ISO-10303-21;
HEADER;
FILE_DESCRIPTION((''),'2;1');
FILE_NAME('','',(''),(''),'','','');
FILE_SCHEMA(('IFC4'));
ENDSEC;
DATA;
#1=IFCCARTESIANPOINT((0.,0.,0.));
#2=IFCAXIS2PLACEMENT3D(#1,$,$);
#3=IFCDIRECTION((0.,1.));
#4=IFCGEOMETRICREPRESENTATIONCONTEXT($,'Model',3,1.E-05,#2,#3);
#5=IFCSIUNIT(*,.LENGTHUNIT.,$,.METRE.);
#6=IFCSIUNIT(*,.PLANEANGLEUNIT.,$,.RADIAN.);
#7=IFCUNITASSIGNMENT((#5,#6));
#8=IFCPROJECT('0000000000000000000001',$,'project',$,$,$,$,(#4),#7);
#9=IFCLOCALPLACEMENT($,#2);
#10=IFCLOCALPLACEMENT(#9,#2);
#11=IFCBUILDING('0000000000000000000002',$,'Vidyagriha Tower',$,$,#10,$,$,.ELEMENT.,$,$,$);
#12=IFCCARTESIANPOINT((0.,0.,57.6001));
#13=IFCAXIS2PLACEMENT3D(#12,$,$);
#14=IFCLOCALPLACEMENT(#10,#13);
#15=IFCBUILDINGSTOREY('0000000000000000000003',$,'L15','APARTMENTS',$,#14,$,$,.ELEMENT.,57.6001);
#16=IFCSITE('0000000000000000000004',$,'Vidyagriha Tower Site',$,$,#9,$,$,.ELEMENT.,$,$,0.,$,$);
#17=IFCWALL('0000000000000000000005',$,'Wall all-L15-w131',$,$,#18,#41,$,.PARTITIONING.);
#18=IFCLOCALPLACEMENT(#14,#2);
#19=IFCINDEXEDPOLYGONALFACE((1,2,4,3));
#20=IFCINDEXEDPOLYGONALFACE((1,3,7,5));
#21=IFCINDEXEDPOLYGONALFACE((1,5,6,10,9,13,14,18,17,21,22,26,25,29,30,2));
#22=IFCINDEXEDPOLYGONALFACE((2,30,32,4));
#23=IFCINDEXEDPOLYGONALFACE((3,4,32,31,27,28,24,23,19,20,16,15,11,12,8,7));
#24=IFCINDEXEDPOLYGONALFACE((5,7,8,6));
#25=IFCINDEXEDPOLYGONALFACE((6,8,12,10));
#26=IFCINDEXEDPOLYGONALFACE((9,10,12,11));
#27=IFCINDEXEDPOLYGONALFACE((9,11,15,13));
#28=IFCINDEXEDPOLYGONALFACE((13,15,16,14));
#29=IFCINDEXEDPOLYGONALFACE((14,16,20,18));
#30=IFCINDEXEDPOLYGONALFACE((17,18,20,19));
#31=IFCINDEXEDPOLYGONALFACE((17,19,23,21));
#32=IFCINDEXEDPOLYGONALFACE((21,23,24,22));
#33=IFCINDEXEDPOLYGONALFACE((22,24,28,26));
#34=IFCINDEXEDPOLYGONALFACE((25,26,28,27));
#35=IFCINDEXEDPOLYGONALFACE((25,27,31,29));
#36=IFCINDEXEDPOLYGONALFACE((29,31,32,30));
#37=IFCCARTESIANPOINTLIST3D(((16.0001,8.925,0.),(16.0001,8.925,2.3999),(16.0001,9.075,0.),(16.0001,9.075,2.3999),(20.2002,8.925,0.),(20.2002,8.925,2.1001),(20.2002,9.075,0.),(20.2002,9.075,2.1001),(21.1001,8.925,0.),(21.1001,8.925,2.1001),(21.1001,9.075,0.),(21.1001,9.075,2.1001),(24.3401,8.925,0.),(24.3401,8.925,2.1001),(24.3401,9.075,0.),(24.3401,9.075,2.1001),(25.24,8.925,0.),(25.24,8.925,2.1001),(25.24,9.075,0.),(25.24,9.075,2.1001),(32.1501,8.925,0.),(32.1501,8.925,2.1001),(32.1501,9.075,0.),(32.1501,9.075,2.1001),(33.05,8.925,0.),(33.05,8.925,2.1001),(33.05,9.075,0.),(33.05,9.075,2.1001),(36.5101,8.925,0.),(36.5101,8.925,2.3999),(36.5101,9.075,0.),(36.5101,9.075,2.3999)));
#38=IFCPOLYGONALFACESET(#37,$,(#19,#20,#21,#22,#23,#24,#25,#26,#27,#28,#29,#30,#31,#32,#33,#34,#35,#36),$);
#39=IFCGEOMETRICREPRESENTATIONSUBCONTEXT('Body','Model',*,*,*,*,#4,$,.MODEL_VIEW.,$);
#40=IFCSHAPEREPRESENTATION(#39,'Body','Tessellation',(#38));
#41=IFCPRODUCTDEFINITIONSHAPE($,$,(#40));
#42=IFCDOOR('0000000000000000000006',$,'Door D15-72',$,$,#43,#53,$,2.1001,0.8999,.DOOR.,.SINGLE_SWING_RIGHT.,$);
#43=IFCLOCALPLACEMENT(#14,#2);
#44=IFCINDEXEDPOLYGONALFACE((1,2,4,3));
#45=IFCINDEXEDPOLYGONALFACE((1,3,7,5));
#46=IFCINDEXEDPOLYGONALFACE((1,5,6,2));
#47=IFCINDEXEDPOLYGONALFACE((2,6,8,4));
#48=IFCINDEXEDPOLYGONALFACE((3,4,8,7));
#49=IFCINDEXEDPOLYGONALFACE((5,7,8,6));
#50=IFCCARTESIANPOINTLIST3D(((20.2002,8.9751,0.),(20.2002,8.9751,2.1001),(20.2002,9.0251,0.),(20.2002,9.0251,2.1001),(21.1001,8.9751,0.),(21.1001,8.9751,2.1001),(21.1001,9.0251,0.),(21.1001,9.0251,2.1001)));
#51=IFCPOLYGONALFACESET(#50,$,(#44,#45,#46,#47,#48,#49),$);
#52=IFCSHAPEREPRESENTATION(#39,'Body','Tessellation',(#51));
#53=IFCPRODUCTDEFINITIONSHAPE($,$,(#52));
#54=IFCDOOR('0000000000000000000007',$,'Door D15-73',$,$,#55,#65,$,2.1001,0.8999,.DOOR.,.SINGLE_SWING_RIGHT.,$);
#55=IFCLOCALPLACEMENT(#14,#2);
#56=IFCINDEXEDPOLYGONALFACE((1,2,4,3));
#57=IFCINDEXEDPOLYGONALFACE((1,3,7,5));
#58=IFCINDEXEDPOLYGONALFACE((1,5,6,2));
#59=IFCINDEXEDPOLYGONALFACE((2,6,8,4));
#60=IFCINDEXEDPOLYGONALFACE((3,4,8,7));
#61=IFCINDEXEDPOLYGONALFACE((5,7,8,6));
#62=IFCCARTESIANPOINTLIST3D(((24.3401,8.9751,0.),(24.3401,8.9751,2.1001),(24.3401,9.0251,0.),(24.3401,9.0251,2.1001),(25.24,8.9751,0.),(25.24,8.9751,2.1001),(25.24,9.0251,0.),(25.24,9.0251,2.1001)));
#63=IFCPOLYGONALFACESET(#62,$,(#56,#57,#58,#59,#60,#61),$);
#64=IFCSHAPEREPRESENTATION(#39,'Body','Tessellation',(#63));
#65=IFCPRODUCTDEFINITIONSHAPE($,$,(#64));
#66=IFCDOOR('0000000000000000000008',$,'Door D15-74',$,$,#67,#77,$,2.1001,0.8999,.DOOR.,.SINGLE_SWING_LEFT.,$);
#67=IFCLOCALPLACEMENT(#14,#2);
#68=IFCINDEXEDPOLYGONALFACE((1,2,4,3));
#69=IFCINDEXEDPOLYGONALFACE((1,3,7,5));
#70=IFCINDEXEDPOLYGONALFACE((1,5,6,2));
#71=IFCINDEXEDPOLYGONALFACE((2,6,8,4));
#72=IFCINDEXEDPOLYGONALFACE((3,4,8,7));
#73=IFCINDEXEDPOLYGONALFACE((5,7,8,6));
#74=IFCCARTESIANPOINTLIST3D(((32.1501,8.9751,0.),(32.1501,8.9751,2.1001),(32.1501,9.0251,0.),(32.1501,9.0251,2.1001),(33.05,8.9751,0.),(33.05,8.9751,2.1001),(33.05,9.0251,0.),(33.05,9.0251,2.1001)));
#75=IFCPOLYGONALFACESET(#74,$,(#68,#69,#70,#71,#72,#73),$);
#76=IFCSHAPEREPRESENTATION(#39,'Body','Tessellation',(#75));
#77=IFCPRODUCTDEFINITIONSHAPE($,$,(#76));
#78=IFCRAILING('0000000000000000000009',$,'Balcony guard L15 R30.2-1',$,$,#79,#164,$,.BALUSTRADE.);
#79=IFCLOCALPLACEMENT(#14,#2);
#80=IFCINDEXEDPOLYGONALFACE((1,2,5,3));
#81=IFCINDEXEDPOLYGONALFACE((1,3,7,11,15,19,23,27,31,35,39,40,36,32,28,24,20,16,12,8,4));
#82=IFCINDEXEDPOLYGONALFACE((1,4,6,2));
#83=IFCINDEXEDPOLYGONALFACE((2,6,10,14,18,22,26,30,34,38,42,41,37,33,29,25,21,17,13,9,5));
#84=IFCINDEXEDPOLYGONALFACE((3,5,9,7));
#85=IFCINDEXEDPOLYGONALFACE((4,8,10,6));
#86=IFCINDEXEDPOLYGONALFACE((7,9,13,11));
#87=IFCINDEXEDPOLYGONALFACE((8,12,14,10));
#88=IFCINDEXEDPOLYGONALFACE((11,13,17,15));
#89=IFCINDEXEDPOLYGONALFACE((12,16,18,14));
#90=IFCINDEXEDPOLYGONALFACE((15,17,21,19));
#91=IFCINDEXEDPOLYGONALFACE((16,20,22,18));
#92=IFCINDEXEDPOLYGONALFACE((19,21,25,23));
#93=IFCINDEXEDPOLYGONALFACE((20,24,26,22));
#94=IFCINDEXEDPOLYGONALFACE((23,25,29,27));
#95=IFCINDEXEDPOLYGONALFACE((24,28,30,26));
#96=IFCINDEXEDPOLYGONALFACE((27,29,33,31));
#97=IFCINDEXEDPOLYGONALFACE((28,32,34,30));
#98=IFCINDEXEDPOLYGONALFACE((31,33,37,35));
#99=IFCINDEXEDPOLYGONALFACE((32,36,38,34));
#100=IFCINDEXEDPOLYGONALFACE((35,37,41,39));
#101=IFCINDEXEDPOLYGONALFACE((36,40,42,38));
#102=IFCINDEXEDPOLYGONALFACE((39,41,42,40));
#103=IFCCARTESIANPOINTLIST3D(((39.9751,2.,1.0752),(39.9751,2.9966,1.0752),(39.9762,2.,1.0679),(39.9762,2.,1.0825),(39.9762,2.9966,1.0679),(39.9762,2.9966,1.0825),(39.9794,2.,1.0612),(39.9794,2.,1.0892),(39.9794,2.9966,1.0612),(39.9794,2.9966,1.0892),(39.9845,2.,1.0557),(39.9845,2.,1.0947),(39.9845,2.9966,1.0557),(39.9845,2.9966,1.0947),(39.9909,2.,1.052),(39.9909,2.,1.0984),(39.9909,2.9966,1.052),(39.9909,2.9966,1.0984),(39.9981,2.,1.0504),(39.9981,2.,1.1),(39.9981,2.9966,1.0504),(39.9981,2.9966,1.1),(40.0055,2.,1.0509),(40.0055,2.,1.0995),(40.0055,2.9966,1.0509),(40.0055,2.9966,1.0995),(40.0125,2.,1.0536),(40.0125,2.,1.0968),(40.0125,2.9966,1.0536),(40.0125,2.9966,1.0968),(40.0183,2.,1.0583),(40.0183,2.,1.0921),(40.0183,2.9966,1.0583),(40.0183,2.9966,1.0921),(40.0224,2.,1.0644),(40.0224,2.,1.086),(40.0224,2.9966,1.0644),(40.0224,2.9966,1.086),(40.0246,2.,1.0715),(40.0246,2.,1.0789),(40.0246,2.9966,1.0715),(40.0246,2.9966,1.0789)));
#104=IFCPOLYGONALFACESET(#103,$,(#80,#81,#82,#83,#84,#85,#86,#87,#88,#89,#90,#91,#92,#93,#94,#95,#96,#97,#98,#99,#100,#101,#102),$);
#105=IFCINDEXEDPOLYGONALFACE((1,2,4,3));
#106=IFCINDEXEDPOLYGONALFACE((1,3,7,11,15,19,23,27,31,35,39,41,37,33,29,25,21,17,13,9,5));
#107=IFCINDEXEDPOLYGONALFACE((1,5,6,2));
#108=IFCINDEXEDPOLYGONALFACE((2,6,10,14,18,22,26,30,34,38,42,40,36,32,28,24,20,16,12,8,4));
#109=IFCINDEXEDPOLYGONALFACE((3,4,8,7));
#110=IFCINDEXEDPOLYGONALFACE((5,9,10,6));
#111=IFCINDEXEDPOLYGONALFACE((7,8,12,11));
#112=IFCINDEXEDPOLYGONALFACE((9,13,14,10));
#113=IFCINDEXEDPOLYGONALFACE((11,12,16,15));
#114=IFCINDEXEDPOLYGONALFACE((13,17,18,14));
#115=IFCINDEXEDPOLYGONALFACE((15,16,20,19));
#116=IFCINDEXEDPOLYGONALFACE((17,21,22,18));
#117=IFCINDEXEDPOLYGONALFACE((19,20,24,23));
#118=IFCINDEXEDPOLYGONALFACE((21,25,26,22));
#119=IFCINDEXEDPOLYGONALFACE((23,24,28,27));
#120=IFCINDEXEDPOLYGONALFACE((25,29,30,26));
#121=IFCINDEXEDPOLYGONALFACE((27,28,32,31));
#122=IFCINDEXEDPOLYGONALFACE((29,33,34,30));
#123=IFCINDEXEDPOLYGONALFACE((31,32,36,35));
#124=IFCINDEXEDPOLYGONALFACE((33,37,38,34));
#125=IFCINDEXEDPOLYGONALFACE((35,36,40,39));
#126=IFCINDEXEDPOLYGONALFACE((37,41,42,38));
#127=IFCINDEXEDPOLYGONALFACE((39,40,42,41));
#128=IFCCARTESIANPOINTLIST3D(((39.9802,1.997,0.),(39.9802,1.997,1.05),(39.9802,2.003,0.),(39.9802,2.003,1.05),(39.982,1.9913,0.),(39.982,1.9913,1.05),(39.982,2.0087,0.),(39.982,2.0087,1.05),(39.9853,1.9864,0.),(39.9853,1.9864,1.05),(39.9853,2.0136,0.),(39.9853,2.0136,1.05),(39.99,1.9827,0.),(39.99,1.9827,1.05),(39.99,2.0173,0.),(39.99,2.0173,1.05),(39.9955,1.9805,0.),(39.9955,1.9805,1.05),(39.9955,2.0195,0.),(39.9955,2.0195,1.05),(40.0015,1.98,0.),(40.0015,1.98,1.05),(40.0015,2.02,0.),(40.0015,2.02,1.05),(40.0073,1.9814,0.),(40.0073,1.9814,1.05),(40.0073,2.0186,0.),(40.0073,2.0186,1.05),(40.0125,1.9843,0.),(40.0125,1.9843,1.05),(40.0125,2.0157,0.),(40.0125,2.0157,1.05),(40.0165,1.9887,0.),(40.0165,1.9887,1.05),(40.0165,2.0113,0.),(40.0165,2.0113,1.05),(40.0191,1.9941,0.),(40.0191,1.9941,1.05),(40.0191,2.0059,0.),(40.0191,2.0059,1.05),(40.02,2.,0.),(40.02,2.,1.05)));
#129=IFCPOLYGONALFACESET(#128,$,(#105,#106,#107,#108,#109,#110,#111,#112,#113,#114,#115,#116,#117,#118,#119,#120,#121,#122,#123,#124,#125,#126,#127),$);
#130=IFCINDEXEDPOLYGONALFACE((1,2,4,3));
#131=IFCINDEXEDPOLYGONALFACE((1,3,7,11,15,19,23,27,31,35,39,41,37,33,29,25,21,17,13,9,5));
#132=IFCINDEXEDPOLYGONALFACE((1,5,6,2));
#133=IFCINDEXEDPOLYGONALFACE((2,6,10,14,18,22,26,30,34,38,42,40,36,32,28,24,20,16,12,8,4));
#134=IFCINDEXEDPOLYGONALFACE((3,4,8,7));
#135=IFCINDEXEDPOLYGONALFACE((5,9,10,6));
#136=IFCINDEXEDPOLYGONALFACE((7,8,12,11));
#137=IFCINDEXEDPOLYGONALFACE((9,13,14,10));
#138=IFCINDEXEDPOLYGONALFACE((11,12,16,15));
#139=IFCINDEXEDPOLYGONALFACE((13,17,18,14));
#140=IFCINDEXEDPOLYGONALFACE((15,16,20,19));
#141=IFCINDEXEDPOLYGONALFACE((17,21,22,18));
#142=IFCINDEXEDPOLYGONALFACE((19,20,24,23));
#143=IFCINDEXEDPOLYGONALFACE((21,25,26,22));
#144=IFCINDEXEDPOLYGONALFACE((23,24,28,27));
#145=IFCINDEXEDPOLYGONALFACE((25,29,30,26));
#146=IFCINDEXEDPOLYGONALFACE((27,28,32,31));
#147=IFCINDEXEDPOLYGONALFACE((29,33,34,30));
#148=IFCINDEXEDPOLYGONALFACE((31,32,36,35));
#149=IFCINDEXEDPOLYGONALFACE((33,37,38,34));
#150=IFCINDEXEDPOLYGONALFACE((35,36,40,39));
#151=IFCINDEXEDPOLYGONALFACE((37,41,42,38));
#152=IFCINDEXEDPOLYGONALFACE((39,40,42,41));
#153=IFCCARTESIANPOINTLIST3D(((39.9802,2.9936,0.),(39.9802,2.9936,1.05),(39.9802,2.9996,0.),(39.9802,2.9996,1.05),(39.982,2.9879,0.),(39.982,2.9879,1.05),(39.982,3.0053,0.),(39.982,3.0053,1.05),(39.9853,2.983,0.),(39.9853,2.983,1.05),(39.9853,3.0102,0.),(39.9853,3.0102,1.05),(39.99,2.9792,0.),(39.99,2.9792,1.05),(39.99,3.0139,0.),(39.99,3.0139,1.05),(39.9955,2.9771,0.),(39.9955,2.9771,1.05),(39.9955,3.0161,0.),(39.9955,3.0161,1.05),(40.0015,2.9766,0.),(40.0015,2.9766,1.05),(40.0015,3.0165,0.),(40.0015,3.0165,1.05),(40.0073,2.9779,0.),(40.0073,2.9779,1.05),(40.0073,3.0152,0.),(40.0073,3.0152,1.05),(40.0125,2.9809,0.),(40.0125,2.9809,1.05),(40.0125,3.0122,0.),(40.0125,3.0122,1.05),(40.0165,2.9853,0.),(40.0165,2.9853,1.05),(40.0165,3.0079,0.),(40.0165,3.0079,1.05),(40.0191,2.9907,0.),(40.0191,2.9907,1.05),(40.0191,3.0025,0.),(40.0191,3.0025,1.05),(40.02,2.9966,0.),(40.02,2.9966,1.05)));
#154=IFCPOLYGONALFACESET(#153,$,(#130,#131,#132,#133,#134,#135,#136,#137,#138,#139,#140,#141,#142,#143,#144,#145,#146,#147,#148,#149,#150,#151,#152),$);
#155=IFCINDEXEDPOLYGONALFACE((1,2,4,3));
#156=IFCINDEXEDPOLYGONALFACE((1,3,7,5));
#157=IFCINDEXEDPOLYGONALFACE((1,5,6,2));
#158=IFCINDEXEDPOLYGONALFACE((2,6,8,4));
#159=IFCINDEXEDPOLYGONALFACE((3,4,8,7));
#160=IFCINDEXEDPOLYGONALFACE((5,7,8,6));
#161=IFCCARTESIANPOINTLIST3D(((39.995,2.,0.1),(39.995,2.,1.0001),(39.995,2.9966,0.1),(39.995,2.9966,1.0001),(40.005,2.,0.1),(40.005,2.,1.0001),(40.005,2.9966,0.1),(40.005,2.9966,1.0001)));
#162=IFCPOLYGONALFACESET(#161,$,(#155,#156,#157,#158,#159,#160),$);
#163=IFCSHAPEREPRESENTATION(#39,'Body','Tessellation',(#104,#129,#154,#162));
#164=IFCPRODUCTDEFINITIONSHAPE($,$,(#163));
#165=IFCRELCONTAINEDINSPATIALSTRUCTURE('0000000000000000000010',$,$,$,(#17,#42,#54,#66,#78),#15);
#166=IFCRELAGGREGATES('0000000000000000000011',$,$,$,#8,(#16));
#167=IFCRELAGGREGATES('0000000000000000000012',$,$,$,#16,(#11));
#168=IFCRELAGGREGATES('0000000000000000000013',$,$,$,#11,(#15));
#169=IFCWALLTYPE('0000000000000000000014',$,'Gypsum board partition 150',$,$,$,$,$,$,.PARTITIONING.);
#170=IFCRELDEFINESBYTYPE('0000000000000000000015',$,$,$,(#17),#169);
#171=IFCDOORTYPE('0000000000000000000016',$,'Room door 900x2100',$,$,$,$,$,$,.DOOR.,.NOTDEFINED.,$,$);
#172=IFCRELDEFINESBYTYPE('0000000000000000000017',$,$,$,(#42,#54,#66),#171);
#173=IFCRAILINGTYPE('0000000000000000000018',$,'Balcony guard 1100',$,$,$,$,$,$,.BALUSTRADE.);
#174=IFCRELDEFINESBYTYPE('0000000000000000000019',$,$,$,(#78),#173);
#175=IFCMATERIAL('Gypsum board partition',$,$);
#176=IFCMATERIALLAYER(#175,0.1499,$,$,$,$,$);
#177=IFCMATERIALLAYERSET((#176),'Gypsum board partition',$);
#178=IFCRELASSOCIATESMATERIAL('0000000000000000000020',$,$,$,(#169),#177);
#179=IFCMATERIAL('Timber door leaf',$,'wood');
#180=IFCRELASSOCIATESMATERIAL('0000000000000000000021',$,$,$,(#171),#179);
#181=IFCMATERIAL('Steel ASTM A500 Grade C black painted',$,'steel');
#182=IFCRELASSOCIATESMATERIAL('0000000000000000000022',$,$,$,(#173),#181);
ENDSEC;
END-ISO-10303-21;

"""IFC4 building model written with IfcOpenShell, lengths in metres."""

from ifc_helpers import new_model, si_unit, direction, frame, frame_2d, origin, origin_2d, place, context, subcontext, project, spatial, rectangle, circle, extrude, material, layer, layer_set, type_object, element, fill, save


model = new_model("IFC4")

# Units and contexts
model_context = context("Model", 3, precision=1e-05, world=origin(), true_north=direction((0.0, 1.0)))
body_context = subcontext(model_context, "Body", "Model", "MODEL_VIEW")
ifc_project = project(units=[si_unit("LENGTHUNIT", "METRE"), si_unit("PLANEANGLEUNIT", "RADIAN")], contexts=[model_context])

# Site, building, storey
site_placement = place(None, origin())
site = spatial("IfcSite", under=ifc_project, at=site_placement, Name="Vidyagriha Tower Site", CompositionType="ELEMENT", RefElevation=0.0)
building_placement = place(site_placement, origin())
building = spatial("IfcBuilding", under=site, at=building_placement, Name="Vidyagriha Tower", CompositionType="ELEMENT")
storey_placement = place(building_placement, frame((0.0, 0.0, 57.6001)))
storey = spatial("IfcBuildingStorey", under=building, at=storey_placement, Name="L15", Description="APARTMENTS", CompositionType="ELEMENT", Elevation=57.6001)

# Wall, openings, doors
ifc_material_1 = material(Name="Gypsum board partition")
ifc_layer_1 = layer(ifc_material_1, 0.1499)
ifc_layer_set_1 = layer_set([ifc_layer_1], Name="Gypsum board partition")
wall_type_1 = type_object("IfcWallType", Name="Gypsum board partition 150", PredefinedType="PARTITIONING", material=ifc_layer_set_1)
wall_1_placement = place(storey_placement, frame((36.51, 9.0, 0.0), z_axis=(0.0, 0.0, 1.0), x_axis=(-1.0, 0.0, 0.0)))
wall_1 = element("IfcWall", 1, at=wall_1_placement, inside=storey, type_object=wall_type_1, Name="Wall all-L15-w131", PredefinedType="PARTITIONING", context=body_context, shape_type="SweptSolid", body=[
    extrude(rectangle(XDim=20.51, YDim=0.1499, at=frame_2d((10.2549, 0.0))), origin(), (0.0, 0.0, 1.0), 2.3999),
])
opening_1_placement = place(wall_1_placement, frame((15.4099, 0.0, 0.0)))
opening_1 = element("IfcOpeningElement", 2, at=opening_1_placement, cuts=wall_1, PredefinedType="OPENING", context=body_context, shape_type="SweptSolid", body=[
    extrude(rectangle(XDim=0.8999, YDim=2.1001, at=frame_2d((0.45, 1.05))), frame((0.0, 0.085, 0.0), z_axis=(0.0, -1.0, 0.0), x_axis=(1.0, 0.0, 0.0)), (0.0, 0.0, 1.0), 0.1699),
])
opening_2_placement = place(wall_1_placement, frame((11.27, 0.0, 0.0)))
opening_2 = element("IfcOpeningElement", 3, at=opening_2_placement, cuts=wall_1, PredefinedType="OPENING", context=body_context, shape_type="SweptSolid", body=[
    extrude(rectangle(XDim=0.8999, YDim=2.1001, at=frame_2d((0.45, 1.05))), frame((0.0, 0.085, 0.0), z_axis=(0.0, -1.0, 0.0), x_axis=(1.0, 0.0, 0.0)), (0.0, 0.0, 1.0), 0.1699),
])
opening_3_placement = place(wall_1_placement, frame((3.46, 0.0, 0.0)))
opening_3 = element("IfcOpeningElement", 4, at=opening_3_placement, cuts=wall_1, PredefinedType="OPENING", context=body_context, shape_type="SweptSolid", body=[
    extrude(rectangle(XDim=0.8999, YDim=2.1001, at=frame_2d((0.45, 1.05))), frame((0.0, 0.085, 0.0), z_axis=(0.0, -1.0, 0.0), x_axis=(1.0, 0.0, 0.0)), (0.0, 0.0, 1.0), 0.1699),
])
ifc_material_2 = material(Name="Timber door leaf", Category="wood")
door_type_1 = type_object("IfcDoorType", Name="Room door 900x2100", OperationType="NOTDEFINED", PredefinedType="DOOR", material=ifc_material_2)
door_1_placement = place(opening_1_placement, origin())
door_1 = element("IfcDoor", 5, at=door_1_placement, inside=storey, type_object=door_type_1, Name="Door D15-72", OperationType="SINGLE_SWING_RIGHT", OverallHeight=2.1001, OverallWidth=0.8999, PredefinedType="DOOR", context=body_context, shape_type="SweptSolid", body=[
    extrude(rectangle(XDim=0.8999, YDim=2.1001, at=frame_2d((0.45, 1.05))), frame((0.0, 0.0249, 0.0), z_axis=(0.0, -1.0, 0.0), x_axis=(1.0, 0.0, 0.0)), (0.0, 0.0, 1.0), 0.05),
])
fill(opening_1, door_1)
door_2_placement = place(opening_2_placement, origin())
door_2 = element("IfcDoor", 6, at=door_2_placement, inside=storey, type_object=door_type_1, Name="Door D15-73", OperationType="SINGLE_SWING_RIGHT", OverallHeight=2.1001, OverallWidth=0.8999, PredefinedType="DOOR", context=body_context, shape_type="SweptSolid", body=[
    extrude(rectangle(XDim=0.8999, YDim=2.1001, at=frame_2d((0.45, 1.05))), frame((0.0, 0.0249, 0.0), z_axis=(0.0, -1.0, 0.0), x_axis=(1.0, 0.0, 0.0)), (0.0, 0.0, 1.0), 0.05),
])
fill(opening_2, door_2)
door_3_placement = place(opening_3_placement, origin())
door_3 = element("IfcDoor", 7, at=door_3_placement, inside=storey, type_object=door_type_1, Name="Door D15-74", OperationType="SINGLE_SWING_LEFT", OverallHeight=2.1001, OverallWidth=0.8999, PredefinedType="DOOR", context=body_context, shape_type="SweptSolid", body=[
    extrude(rectangle(XDim=0.8999, YDim=2.1001, at=frame_2d((0.45, 1.05))), frame((0.0, 0.0249, 0.0), z_axis=(0.0, -1.0, 0.0), x_axis=(1.0, 0.0, 0.0)), (0.0, 0.0, 1.0), 0.05),
])
fill(opening_3, door_3)

# Railing
ifc_material_3 = material(Name="Steel ASTM A500 Grade C black painted", Category="steel")
railing_type_1 = type_object("IfcRailingType", Name="Balcony guard 1100", PredefinedType="BALUSTRADE", material=ifc_material_3)
railing_1_placement = place(storey_placement, frame((40.0, 2.0, 0.0)))
element("IfcRailing", 8, at=railing_1_placement, inside=storey, type_object=railing_type_1, Name="Balcony guard L15 R30.2-1", PredefinedType="BALUSTRADE", context=body_context, shape_type="SweptSolid", body=[
    extrude(circle(Radius=0.0249, at=origin_2d()), frame((0.0, 0.0, 1.0752), z_axis=(0.0, 1.0, 0.0), x_axis=(-1.0, 0.0, 0.0)), (0.0, 0.0, 1.0), 0.9966),
    extrude(circle(Radius=0.02, at=origin_2d()), origin(), (0.0, 0.0, 1.0), 1.05),
    extrude(circle(Radius=0.02, at=origin_2d()), frame((0.0, 0.9966, 0.0)), (0.0, 0.0, 1.0), 1.05),
    extrude(rectangle(XDim=0.01, YDim=0.9001, at=origin_2d()), frame((0.0, 0.0, 0.55), z_axis=(0.0, 1.0, 0.0), x_axis=(-1.0, 0.0, 0.0)), (0.0, 0.0, 1.0), 0.9966),
])

save(model, "model.ifc")
